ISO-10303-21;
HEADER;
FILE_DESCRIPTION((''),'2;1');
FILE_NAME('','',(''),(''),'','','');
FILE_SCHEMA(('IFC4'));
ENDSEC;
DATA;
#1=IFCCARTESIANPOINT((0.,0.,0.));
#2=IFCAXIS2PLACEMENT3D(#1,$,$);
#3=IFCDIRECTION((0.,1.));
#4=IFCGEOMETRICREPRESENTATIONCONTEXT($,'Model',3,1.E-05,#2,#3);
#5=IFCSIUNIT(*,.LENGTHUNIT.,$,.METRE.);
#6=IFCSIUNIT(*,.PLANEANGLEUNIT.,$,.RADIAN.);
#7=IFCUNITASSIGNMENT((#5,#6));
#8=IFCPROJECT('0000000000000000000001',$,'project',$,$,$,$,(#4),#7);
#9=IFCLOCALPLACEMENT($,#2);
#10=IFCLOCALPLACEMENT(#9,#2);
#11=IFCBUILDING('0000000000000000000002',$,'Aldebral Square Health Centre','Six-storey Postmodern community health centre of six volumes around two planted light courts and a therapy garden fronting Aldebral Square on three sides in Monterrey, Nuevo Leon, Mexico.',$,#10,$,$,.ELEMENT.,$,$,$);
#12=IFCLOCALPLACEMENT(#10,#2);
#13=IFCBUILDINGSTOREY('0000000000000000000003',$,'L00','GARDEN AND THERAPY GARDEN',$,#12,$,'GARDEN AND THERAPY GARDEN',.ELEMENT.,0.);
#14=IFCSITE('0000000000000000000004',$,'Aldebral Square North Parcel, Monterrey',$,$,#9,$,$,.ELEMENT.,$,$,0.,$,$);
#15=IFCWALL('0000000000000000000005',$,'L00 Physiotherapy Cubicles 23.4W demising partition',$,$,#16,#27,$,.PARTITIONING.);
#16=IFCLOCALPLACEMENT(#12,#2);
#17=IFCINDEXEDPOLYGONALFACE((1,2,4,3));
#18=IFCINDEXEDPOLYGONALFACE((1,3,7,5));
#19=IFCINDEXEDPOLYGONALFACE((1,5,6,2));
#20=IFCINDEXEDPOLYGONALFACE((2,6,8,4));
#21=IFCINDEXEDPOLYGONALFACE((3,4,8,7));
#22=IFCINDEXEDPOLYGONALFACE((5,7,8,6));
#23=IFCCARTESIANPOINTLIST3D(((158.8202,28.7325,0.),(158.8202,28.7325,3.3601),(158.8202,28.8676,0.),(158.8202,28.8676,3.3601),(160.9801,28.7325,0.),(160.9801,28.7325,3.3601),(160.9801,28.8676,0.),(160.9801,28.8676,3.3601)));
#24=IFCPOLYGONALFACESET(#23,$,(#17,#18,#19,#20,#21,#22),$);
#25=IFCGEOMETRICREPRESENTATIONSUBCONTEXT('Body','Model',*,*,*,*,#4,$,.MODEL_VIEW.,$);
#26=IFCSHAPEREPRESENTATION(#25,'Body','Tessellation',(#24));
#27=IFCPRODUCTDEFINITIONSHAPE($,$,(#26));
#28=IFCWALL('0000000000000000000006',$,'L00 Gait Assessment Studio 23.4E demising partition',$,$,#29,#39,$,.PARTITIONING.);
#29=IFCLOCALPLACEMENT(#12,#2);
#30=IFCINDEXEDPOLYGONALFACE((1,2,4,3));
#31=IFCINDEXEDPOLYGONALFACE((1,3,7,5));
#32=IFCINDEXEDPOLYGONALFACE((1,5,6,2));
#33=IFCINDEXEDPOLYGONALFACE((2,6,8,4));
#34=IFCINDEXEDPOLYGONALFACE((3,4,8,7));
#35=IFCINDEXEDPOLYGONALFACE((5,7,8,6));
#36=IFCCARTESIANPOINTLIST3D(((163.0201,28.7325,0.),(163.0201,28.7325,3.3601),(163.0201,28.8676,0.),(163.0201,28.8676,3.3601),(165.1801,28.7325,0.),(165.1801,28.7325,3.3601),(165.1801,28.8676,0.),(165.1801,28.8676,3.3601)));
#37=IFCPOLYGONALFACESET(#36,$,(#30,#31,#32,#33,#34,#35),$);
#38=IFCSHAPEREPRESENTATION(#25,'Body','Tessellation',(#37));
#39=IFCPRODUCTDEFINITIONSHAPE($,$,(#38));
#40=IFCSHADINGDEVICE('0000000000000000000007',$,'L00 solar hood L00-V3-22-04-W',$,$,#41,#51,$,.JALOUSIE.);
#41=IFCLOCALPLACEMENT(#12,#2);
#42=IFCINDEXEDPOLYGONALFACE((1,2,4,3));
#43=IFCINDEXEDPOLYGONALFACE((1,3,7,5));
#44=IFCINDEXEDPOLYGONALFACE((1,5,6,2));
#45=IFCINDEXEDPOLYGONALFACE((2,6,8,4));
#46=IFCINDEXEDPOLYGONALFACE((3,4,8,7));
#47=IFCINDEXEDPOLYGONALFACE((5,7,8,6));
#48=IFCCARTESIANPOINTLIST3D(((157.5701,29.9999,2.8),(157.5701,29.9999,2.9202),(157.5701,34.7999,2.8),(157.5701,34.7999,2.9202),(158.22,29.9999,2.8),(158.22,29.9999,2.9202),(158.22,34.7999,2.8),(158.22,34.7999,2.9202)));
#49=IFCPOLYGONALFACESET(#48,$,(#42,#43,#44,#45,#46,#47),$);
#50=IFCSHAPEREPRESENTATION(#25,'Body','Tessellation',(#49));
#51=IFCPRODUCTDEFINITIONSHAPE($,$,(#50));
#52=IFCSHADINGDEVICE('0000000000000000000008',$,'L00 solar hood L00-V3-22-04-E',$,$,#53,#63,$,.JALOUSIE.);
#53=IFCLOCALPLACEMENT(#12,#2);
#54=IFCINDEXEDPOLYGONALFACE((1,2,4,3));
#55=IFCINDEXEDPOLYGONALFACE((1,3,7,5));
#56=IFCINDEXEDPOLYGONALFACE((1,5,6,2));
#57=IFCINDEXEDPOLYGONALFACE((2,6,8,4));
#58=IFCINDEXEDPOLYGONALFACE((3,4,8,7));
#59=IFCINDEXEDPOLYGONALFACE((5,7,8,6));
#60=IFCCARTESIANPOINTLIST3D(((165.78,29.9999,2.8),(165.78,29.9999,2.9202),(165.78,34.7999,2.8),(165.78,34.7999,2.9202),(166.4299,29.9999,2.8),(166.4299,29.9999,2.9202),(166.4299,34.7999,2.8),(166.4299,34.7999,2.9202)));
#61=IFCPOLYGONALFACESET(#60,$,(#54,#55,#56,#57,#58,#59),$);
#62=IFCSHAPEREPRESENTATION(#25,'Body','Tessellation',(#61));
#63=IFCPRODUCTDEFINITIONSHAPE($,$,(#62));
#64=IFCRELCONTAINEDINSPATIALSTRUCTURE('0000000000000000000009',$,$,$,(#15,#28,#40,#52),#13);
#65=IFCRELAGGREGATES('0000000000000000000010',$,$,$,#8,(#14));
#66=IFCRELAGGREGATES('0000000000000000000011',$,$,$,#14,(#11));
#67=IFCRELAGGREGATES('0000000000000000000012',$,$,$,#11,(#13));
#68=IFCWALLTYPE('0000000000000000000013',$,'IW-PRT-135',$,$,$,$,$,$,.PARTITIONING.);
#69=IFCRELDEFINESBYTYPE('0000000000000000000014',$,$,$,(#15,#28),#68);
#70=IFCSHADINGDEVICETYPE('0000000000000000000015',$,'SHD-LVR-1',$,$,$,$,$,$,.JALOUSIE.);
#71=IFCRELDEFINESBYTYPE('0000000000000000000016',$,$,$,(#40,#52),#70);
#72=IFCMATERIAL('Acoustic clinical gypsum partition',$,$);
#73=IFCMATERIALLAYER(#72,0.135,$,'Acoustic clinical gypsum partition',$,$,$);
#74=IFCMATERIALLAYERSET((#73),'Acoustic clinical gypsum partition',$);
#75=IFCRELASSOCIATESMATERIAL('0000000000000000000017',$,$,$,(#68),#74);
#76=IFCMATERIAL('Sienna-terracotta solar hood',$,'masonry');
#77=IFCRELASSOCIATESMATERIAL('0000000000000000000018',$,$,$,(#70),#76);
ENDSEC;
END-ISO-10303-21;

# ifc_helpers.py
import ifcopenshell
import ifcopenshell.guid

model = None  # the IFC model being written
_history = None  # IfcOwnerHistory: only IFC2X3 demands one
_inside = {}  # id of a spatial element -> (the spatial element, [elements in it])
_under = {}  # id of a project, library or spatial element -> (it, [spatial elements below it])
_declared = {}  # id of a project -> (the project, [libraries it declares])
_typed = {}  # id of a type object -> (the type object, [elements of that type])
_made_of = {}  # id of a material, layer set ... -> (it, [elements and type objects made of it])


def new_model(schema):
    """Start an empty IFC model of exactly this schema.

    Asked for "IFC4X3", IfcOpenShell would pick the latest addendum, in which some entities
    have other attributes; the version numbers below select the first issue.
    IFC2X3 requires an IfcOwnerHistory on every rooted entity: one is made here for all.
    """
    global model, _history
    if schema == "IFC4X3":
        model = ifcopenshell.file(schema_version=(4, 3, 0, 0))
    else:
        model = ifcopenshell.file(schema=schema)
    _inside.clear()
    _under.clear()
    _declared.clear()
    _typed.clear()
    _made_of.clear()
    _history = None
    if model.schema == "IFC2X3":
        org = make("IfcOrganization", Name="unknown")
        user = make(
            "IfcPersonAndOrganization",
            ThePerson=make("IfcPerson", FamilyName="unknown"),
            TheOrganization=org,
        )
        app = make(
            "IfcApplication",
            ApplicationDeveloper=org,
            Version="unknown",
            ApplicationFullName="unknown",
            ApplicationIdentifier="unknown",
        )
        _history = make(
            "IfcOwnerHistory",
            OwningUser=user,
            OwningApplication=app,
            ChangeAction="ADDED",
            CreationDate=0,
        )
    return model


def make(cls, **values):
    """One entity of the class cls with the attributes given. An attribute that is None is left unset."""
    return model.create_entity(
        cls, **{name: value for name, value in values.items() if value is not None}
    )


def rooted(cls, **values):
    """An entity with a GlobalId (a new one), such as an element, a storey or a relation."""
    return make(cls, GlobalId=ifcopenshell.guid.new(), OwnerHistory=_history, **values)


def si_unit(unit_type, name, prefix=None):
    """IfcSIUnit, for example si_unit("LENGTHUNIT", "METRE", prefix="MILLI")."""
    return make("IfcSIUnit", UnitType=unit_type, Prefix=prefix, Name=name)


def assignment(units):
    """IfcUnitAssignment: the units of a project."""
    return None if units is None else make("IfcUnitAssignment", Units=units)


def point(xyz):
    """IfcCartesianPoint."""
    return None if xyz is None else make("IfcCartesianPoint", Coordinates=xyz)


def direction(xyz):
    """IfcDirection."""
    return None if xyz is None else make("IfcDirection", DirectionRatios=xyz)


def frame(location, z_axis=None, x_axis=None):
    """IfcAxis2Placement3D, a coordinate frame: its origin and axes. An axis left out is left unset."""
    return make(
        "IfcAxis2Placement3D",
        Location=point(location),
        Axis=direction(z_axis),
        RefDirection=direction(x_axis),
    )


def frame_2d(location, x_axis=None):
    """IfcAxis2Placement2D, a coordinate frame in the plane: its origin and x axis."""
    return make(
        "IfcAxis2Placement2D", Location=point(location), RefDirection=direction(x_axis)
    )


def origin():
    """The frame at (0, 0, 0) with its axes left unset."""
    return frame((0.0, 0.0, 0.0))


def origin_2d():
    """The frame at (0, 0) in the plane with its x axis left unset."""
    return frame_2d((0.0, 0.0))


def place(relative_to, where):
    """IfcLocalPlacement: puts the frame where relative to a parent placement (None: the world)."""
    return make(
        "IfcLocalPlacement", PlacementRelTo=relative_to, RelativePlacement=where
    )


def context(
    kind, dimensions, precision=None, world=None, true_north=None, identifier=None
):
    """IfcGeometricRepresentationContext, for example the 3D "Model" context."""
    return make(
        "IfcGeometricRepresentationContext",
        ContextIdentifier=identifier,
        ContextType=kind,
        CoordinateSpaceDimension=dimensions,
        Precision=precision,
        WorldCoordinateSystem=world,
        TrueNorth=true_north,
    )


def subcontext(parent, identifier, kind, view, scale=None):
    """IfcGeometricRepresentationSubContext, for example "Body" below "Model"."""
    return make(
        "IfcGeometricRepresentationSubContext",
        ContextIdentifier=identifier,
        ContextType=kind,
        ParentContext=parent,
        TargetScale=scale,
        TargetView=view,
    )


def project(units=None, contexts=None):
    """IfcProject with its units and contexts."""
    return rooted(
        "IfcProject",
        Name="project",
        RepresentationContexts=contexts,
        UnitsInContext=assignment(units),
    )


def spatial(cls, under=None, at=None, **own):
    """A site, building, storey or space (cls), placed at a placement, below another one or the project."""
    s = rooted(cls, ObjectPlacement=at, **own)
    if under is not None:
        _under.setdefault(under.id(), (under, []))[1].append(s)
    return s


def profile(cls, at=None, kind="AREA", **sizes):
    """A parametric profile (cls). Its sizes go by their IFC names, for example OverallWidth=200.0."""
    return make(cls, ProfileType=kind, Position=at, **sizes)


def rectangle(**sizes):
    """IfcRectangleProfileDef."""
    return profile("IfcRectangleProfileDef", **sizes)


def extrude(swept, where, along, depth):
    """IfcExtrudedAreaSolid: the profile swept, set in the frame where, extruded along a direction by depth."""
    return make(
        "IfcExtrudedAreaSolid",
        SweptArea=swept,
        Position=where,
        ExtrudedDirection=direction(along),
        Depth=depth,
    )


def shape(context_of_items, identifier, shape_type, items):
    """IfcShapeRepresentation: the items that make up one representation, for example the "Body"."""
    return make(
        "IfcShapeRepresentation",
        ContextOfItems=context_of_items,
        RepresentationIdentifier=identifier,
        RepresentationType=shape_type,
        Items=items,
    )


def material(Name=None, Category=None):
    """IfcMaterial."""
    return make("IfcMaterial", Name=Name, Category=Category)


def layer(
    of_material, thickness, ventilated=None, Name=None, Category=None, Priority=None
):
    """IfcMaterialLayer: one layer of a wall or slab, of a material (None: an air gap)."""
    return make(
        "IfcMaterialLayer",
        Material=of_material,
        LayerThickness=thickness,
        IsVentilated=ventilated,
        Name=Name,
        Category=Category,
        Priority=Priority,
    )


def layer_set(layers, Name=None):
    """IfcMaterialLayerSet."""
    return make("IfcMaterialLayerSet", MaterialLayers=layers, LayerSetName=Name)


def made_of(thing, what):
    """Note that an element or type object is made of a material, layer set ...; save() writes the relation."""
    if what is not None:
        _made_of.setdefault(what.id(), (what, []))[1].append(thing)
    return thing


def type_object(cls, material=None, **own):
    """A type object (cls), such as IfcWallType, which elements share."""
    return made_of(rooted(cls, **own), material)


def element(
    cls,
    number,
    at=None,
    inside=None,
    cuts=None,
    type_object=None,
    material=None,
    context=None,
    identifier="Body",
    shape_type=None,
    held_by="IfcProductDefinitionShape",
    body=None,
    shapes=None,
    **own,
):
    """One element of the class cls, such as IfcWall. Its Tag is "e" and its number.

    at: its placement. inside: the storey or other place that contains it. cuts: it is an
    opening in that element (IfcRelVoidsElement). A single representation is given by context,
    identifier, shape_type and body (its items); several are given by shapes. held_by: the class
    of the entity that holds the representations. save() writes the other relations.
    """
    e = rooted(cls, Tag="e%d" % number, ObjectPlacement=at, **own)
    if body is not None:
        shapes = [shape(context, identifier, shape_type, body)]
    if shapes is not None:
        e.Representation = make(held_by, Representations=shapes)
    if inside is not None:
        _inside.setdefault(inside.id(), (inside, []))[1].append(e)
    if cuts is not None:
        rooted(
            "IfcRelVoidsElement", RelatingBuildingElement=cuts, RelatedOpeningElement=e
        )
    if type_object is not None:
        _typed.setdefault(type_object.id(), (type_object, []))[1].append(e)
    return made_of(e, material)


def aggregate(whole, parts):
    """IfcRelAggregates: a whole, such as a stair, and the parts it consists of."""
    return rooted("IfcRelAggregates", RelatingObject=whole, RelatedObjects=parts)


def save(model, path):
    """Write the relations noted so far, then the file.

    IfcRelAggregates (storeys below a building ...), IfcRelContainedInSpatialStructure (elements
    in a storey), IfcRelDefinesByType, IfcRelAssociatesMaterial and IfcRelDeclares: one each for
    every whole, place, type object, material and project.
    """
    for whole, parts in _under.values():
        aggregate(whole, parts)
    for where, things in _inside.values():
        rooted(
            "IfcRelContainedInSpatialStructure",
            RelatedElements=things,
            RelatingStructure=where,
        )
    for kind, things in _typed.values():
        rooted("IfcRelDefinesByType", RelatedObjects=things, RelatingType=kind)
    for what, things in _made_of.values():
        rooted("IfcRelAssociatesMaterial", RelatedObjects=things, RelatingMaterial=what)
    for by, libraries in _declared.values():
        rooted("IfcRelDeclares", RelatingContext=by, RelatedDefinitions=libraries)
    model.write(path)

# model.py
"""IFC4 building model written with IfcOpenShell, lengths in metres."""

from ifc_helpers import new_model, si_unit, direction, frame, frame_2d, origin, origin_2d, place, context, subcontext, project, spatial, rectangle, extrude, material, layer, layer_set, type_object, element, save


model = new_model("IFC4")

# Units and contexts
model_context = context("Model", 3, precision=1e-05, world=origin(), true_north=direction((0.0, 1.0)))
body_context = subcontext(model_context, "Body", "Model", "MODEL_VIEW")
ifc_project = project(units=[si_unit("LENGTHUNIT", "METRE"), si_unit("PLANEANGLEUNIT", "RADIAN")], contexts=[model_context])

# Site, building, storey
site_placement = place(None, origin())
site = spatial("IfcSite", under=ifc_project, at=site_placement, Name="Aldebral Square North Parcel, Monterrey", CompositionType="ELEMENT", RefElevation=0.0)
building_placement = place(site_placement, origin())
building = spatial("IfcBuilding", under=site, at=building_placement, Name="Aldebral Square Health Centre", Description="Six-storey Postmodern community health centre of six volumes around two planted light courts and a therapy garden fronting Aldebral Square on three sides in Monterrey, Nuevo Leon, Mexico.", CompositionType="ELEMENT")
storey_placement = place(building_placement, origin())
storey = spatial("IfcBuildingStorey", under=building, at=storey_placement, Name="L00", Description="GARDEN AND THERAPY GARDEN", LongName="GARDEN AND THERAPY GARDEN", CompositionType="ELEMENT", Elevation=0.0)

# Walls
ifc_material_1 = material(Name="Acoustic clinical gypsum partition")
ifc_layer_1 = layer(ifc_material_1, 0.135, Name="Acoustic clinical gypsum partition")
ifc_layer_set_1 = layer_set([ifc_layer_1], Name="Acoustic clinical gypsum partition")
wall_type_1 = type_object("IfcWallType", Name="IW-PRT-135", PredefinedType="PARTITIONING", material=ifc_layer_set_1)
for number, where, z_axis, x_axis, name in (
    (1, (158.8201, 28.8, 0.0), (0.0, 0.0, 1.0), (1.0, 0.0, 0.0), "L00 Physiotherapy Cubicles 23.4W demising partition"),
    (2, (163.02, 28.8, 0.0), (0.0, 0.0, 1.0), (1.0, 0.0, 0.0), "L00 Gait Assessment Studio 23.4E demising partition"),
):
    element("IfcWall", number, at=place(storey_placement, frame(where, z_axis=z_axis, x_axis=x_axis)), inside=storey, type_object=wall_type_1, Name=name, PredefinedType="PARTITIONING", context=body_context, shape_type="SweptSolid", body=[
        extrude(rectangle(XDim=2.1599, YDim=0.135, at=frame_2d((1.0801, 0.0))), origin(), (0.0, 0.0, 1.0), 3.3601),
    ])

# Shading devices
ifc_material_2 = material(Name="Sienna-terracotta solar hood", Category="masonry")
shading_device_type = type_object("IfcShadingDeviceType", Name="SHD-LVR-1", PredefinedType="JALOUSIE", material=ifc_material_2)
for number, where, z_axis, x_axis, name in (
    (3, (157.895, 32.3999, 2.8), (0.0, 0.0, 1.0), (0.0, 1.0, 0.0), "L00 solar hood L00-V3-22-04-W"),
    (4, (166.105, 32.3999, 2.8), (0.0, 0.0, 1.0), (0.0, 1.0, 0.0), "L00 solar hood L00-V3-22-04-E"),
):
    element("IfcShadingDevice", number, at=place(storey_placement, frame(where, z_axis=z_axis, x_axis=x_axis)), inside=storey, type_object=shading_device_type, Name=name, PredefinedType="JALOUSIE", context=body_context, shape_type="SweptSolid", body=[
        extrude(rectangle(XDim=4.8, YDim=0.6499, at=origin_2d()), origin(), (0.0, 0.0, 1.0), 0.1201),
    ])

save(model, "model.ifc")
